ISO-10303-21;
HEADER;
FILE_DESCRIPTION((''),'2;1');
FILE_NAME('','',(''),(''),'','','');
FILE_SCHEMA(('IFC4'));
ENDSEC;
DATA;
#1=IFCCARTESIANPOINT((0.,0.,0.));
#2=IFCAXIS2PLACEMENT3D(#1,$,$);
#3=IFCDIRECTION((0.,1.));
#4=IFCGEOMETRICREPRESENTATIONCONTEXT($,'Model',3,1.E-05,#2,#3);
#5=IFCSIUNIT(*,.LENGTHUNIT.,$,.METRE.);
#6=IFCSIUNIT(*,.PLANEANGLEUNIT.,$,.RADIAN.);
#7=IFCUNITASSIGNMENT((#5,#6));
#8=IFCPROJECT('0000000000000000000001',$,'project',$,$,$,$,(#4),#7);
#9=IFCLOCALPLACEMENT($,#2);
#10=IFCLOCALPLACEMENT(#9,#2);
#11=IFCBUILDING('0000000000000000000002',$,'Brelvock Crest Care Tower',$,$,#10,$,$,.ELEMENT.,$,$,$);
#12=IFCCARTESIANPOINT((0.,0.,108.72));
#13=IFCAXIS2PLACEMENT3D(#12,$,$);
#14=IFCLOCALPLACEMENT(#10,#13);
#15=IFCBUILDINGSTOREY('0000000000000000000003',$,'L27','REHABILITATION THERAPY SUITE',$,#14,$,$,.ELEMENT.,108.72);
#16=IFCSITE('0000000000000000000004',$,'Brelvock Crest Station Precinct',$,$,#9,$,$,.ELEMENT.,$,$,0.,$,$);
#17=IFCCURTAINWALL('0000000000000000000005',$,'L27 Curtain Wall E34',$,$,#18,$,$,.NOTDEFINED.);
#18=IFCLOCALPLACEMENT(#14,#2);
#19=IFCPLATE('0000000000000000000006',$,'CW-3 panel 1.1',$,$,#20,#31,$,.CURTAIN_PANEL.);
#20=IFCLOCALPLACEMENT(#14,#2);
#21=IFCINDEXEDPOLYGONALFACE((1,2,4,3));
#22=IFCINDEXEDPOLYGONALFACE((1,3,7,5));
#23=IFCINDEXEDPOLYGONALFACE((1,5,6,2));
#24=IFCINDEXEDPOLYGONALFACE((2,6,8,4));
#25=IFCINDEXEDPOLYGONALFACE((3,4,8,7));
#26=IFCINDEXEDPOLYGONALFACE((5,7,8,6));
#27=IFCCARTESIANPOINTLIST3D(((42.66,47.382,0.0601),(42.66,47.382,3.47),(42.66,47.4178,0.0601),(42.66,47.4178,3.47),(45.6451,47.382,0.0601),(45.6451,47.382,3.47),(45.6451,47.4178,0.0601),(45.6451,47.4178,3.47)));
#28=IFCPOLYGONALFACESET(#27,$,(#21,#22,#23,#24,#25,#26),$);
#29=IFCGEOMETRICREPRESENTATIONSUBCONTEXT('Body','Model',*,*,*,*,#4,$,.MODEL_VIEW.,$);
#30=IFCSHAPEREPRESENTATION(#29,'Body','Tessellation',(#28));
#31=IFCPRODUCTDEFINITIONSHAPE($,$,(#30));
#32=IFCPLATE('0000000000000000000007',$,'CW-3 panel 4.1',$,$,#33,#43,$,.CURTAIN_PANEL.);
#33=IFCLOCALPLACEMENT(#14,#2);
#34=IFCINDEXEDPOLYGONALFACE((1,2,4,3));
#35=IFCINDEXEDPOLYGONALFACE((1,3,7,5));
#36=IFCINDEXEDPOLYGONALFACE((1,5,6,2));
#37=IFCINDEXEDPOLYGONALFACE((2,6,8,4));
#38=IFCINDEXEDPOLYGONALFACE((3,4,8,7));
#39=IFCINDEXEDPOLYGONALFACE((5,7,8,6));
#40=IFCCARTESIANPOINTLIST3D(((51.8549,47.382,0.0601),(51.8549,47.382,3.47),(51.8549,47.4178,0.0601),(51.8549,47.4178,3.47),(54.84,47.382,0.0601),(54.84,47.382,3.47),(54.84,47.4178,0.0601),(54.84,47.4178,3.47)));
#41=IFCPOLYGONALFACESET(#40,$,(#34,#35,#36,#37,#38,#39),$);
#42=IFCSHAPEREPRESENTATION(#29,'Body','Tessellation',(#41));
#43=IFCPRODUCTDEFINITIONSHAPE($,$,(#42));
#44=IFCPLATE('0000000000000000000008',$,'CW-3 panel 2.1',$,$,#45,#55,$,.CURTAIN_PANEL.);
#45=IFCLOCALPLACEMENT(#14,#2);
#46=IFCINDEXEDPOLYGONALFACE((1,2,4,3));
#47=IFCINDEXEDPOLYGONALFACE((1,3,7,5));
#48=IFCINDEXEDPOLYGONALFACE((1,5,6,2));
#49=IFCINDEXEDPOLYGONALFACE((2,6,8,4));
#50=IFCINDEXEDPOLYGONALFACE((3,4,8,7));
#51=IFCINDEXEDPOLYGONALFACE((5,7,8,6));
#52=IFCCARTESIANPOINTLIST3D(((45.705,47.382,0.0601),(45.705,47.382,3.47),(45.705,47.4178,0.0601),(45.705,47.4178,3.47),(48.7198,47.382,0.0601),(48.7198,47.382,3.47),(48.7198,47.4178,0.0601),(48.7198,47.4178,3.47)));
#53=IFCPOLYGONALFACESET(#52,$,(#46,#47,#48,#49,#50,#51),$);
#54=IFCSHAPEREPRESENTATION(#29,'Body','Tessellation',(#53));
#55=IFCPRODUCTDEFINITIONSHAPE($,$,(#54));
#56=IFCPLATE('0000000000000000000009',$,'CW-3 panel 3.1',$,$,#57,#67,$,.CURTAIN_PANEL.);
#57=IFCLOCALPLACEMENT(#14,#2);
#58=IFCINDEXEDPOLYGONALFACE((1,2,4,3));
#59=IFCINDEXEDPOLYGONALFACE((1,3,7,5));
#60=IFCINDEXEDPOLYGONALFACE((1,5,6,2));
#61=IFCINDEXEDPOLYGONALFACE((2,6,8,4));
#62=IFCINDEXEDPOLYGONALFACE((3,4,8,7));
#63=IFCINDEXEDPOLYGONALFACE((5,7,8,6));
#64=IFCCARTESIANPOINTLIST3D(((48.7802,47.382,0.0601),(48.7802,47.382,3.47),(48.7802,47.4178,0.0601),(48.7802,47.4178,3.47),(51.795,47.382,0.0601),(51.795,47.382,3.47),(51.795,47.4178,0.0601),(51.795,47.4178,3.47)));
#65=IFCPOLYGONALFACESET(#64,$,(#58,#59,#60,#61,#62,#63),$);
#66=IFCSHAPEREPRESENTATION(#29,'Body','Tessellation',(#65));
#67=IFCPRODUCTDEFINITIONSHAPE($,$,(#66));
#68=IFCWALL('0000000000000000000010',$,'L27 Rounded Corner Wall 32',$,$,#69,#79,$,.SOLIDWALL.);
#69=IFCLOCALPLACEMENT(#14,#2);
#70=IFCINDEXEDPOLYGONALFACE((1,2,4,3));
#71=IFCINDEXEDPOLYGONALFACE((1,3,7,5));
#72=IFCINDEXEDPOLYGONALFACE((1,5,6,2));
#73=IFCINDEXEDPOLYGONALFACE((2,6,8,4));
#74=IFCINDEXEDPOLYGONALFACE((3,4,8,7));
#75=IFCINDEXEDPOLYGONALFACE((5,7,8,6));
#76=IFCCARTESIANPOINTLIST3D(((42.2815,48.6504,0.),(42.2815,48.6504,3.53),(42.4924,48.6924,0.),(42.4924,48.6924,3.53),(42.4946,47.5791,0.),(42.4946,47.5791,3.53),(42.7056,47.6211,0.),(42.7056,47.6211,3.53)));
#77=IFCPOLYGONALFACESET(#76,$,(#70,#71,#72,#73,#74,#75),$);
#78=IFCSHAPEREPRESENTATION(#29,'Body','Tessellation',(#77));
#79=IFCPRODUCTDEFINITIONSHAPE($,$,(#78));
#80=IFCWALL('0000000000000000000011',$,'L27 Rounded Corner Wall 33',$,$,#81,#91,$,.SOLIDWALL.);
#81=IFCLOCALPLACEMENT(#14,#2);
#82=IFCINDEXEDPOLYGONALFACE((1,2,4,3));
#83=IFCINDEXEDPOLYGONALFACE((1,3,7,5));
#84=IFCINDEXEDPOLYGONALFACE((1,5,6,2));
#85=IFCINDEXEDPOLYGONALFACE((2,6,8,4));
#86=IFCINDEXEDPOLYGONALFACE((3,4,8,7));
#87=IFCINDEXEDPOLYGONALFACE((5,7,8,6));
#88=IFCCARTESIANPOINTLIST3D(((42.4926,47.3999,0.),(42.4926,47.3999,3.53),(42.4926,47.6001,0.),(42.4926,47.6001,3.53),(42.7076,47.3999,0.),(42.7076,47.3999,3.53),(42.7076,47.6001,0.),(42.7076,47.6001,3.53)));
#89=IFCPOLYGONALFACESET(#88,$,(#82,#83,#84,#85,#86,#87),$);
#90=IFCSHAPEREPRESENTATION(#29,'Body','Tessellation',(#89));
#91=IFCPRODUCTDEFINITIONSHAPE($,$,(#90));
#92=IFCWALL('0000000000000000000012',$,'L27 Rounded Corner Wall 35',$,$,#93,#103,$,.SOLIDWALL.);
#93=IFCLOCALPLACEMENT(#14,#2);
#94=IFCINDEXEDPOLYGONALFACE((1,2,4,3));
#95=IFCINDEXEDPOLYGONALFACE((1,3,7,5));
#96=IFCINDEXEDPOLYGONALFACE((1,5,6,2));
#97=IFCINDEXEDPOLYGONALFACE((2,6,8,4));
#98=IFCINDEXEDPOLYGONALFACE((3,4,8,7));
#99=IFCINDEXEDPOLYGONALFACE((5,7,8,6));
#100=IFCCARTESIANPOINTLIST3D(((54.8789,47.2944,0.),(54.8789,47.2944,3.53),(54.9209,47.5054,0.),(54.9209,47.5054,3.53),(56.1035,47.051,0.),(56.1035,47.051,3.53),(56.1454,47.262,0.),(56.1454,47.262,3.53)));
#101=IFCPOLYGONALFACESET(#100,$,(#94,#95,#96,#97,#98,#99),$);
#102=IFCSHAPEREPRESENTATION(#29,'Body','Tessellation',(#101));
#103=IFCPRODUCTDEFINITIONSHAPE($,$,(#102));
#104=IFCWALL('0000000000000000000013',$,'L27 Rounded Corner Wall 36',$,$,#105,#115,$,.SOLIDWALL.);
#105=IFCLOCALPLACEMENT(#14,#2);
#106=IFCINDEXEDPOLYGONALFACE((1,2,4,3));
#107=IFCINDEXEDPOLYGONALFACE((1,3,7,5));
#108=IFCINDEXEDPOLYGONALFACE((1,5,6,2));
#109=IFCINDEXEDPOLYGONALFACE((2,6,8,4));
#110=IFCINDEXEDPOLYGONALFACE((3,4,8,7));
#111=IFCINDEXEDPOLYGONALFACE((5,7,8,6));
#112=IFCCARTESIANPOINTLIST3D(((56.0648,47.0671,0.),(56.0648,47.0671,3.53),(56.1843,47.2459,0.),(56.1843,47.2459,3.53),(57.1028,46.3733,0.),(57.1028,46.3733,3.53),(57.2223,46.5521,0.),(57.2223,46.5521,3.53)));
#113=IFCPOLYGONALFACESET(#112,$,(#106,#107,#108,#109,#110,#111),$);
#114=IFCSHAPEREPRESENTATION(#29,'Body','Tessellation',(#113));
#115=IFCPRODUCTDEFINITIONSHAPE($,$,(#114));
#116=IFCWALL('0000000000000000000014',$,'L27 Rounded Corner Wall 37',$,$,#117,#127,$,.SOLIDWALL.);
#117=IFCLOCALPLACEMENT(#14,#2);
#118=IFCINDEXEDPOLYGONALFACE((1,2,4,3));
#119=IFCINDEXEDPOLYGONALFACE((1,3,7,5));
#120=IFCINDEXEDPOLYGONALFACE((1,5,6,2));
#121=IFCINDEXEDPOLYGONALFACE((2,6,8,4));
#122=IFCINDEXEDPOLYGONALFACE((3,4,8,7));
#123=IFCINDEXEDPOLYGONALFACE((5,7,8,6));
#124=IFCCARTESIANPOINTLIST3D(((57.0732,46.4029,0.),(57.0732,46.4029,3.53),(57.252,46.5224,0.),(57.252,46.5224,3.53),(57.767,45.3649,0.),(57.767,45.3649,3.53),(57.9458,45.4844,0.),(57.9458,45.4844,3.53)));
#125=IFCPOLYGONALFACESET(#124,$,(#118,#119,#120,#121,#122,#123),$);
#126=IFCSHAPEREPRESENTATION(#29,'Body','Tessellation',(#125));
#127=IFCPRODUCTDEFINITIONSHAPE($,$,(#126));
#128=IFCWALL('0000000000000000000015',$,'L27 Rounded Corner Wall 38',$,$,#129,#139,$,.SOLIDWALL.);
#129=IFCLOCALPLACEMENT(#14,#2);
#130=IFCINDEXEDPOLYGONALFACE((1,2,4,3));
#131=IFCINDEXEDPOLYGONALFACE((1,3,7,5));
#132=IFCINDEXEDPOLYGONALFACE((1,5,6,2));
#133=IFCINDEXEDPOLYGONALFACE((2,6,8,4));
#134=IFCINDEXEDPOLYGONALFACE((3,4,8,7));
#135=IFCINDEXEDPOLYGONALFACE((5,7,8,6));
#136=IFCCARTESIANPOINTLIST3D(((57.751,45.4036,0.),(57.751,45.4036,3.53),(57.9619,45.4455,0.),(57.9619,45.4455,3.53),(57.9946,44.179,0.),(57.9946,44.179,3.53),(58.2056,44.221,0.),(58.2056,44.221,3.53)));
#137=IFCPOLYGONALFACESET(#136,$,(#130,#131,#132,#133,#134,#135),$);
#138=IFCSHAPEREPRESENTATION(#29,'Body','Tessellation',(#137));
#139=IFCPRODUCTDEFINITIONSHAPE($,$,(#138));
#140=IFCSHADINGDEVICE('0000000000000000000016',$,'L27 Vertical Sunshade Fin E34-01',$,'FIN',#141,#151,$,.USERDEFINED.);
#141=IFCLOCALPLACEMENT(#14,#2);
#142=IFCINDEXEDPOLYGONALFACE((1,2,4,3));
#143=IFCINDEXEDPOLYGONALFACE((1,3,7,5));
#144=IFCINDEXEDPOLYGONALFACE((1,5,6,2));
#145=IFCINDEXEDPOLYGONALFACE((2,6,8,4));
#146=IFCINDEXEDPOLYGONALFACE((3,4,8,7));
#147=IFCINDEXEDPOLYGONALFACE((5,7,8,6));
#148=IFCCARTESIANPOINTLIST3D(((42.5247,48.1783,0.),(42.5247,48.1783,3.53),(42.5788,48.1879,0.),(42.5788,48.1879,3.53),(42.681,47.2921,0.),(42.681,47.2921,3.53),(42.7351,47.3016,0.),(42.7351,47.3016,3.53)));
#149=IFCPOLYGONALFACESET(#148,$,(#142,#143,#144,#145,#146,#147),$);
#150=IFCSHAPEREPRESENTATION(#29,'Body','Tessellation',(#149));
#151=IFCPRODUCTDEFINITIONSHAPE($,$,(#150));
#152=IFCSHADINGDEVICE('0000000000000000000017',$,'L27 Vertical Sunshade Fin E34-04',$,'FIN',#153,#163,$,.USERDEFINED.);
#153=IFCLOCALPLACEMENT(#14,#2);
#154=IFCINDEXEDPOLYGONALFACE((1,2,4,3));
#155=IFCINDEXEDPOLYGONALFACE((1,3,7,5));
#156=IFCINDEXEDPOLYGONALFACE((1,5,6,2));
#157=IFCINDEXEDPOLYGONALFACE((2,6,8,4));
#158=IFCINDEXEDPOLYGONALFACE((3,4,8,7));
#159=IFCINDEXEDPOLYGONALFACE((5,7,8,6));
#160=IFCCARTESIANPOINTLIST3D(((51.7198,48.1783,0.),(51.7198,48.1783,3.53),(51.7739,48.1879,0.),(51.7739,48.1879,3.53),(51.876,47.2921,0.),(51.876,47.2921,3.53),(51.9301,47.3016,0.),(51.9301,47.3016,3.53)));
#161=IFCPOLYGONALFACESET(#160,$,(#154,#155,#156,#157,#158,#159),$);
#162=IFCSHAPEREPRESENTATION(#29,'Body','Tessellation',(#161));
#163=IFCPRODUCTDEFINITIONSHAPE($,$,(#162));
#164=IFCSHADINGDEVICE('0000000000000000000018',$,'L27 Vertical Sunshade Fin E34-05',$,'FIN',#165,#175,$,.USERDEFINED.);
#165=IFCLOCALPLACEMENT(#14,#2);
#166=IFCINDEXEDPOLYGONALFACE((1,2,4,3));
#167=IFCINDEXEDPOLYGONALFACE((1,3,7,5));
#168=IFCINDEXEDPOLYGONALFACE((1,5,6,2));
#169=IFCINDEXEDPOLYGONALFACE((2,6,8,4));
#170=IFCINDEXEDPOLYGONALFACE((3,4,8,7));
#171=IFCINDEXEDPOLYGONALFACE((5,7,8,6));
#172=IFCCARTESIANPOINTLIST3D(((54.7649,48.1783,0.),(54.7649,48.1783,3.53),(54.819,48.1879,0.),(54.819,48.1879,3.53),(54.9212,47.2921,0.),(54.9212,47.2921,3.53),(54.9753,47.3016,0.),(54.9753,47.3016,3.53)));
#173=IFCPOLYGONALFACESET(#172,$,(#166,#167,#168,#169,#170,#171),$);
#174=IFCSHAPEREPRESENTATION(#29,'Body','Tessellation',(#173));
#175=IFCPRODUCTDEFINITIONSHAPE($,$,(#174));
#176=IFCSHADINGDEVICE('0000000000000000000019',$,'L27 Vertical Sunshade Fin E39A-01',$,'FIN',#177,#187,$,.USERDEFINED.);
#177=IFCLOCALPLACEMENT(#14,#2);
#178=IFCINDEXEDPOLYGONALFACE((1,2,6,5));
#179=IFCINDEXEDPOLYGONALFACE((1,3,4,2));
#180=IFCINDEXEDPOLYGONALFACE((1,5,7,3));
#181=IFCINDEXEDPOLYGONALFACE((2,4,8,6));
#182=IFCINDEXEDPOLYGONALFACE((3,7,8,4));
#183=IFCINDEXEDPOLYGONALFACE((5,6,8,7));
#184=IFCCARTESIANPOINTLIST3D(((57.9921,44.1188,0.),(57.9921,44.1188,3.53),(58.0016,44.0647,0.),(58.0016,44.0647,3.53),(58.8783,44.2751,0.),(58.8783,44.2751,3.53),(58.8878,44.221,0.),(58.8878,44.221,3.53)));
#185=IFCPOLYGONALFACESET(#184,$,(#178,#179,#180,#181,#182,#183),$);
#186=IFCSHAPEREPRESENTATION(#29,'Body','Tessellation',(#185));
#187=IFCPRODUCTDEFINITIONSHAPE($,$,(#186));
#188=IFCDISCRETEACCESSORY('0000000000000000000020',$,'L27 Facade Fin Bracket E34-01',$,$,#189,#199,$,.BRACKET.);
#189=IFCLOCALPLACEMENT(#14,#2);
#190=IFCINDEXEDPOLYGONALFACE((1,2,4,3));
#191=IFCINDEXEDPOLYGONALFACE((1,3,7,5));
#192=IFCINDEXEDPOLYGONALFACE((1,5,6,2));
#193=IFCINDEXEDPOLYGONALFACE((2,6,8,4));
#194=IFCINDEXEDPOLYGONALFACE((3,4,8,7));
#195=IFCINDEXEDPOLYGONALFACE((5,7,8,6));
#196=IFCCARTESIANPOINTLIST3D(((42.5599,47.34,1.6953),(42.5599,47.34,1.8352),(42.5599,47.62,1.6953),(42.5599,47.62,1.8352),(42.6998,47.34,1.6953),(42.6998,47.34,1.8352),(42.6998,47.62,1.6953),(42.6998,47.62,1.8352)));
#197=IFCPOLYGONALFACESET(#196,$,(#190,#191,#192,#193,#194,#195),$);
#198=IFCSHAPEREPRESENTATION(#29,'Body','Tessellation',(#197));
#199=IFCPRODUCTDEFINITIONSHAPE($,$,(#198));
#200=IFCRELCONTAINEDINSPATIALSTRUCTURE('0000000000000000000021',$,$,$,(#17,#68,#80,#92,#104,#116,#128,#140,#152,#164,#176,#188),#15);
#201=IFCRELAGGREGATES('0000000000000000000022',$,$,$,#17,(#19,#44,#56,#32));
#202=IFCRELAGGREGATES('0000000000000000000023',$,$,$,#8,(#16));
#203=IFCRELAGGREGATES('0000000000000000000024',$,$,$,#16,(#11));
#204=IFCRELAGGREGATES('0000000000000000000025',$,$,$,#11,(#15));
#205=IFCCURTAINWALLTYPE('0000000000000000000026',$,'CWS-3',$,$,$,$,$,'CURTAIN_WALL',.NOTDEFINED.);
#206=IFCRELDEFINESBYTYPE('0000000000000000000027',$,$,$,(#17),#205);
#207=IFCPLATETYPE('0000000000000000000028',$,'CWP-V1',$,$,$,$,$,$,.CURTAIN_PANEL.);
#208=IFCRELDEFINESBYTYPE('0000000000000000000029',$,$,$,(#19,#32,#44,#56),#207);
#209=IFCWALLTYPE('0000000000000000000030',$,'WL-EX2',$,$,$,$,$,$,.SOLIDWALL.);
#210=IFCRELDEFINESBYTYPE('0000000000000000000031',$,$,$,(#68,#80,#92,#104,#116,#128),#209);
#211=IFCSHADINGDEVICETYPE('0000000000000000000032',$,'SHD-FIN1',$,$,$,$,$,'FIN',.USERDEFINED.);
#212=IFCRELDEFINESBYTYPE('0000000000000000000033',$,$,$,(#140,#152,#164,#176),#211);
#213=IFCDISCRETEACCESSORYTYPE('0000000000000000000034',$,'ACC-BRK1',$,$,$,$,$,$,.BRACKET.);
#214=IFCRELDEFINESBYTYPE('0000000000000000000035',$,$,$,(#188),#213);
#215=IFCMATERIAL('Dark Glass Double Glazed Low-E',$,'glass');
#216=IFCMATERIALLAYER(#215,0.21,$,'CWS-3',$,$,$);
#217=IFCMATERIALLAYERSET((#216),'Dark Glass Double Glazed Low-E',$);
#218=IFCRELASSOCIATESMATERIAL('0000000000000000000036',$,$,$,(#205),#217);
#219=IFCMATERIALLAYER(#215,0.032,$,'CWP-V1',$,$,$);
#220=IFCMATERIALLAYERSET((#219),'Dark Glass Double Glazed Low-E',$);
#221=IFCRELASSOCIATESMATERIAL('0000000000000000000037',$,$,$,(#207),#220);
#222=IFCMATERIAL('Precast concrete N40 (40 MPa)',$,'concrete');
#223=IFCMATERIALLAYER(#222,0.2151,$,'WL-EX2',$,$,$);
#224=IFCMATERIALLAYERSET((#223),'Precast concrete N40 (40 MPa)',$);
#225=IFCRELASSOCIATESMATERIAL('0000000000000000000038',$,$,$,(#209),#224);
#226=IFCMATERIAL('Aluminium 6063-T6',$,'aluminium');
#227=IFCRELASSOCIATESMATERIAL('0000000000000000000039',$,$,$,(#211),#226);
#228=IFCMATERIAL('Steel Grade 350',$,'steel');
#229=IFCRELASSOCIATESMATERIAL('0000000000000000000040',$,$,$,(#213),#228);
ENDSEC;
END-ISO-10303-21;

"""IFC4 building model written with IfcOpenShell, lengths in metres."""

from ifc_helpers import new_model, si_unit, direction, frame, frame_2d, origin, origin_2d, place, context, subcontext, project, spatial, rectangle, extrude, source, transform, mapped, material, layer, layer_set, material_profile, profile_set, type_object, element, aggregate, save


model = new_model("IFC4")

# Units and contexts
model_context = context("Model", 3, precision=1e-05, world=origin(), true_north=direction((0.0, 1.0)))
body_context = subcontext(model_context, "Body", "Model", "MODEL_VIEW")
ifc_project = project(units=[si_unit("LENGTHUNIT", "METRE"), si_unit("PLANEANGLEUNIT", "RADIAN")], contexts=[model_context])

# Site, building, storey
site_placement = place(None, origin())
site = spatial("IfcSite", under=ifc_project, at=site_placement, Name="Brelvock Crest Station Precinct", CompositionType="ELEMENT", RefElevation=0.0)
building_placement = place(site_placement, origin())
building = spatial("IfcBuilding", under=site, at=building_placement, Name="Brelvock Crest Care Tower", CompositionType="ELEMENT")
storey_placement = place(building_placement, frame((0.0, 0.0, 108.72)))
storey = spatial("IfcBuildingStorey", under=building, at=storey_placement, Name="L27", Description="REHABILITATION THERAPY SUITE", CompositionType="ELEMENT", Elevation=108.72)

# Curtain wall, plates
ifc_material_1 = material(Name="Dark Glass Double Glazed Low-E", Category="glass")
ifc_layer_1 = layer(ifc_material_1, 0.21, Name="CWS-3")
ifc_layer_set_1 = layer_set([ifc_layer_1], Name="Dark Glass Double Glazed Low-E")
curtain_wall_type = type_object("IfcCurtainWallType", Name="CWS-3", ElementType="CURTAIN_WALL", PredefinedType="NOTDEFINED", material=ifc_layer_set_1)
curtain_wall_placement = place(storey_placement, origin())
curtain_wall = element("IfcCurtainWall", 1, at=curtain_wall_placement, inside=storey, type_object=curtain_wall_type, Name="L27 Curtain Wall E34", PredefinedType="NOTDEFINED")
ifc_material_2 = material(Name="Aluminium 6063-T6", Category="aluminium")
ifc_layer_2 = layer(ifc_material_1, 0.032, Name="CWP-V1")
ifc_layer_set_2 = layer_set([ifc_layer_2], Name="Dark Glass Double Glazed Low-E")
plate_type = type_object("IfcPlateType", Name="CWP-V1", PredefinedType="CURTAIN_PANEL", material=ifc_layer_set_2)
shared_shape_1 = source(origin(), body_context, "Body", "SweptSolid", [
    extrude(rectangle(XDim=2.9851, YDim=0.0359, at=origin_2d()), origin(), (0.0, 0.0, 1.0), 3.4099),
])
plate_1_placement = place(storey_placement, frame((44.1526, 47.3999, 0.0601), z_axis=(0.0, 0.0, 1.0), x_axis=(1.0, 0.0, 0.0)))
plate_1 = element("IfcPlate", 2, at=plate_1_placement, type_object=plate_type, Name="CW-3 panel 1.1", PredefinedType="CURTAIN_PANEL", context=body_context, shape_type="MappedRepresentation", body=[
    mapped(shared_shape_1, transform((0.0, 0.0, 0.0), x_axis=(1.0, 0.0, 0.0), y_axis=(0.0, 1.0, 0.0), z_axis=(0.0, 0.0, 1.0), scale=1.0)),
])
plate_2_placement = place(storey_placement, frame((53.3474, 47.3999, 0.0601), z_axis=(0.0, 0.0, 1.0), x_axis=(1.0, 0.0, 0.0)))
plate_2 = element("IfcPlate", 3, at=plate_2_placement, type_object=plate_type, Name="CW-3 panel 4.1", PredefinedType="CURTAIN_PANEL", context=body_context, shape_type="MappedRepresentation", body=[
    mapped(shared_shape_1, transform((0.0, 0.0, 0.0), x_axis=(1.0, 0.0, 0.0), y_axis=(0.0, 1.0, 0.0), z_axis=(0.0, 0.0, 1.0), scale=1.0)),
])
shared_shape_2 = source(origin(), body_context, "Body", "SweptSolid", [
    extrude(rectangle(XDim=3.0149, YDim=0.0359, at=origin_2d()), origin(), (0.0, 0.0, 1.0), 3.4099),
])
plate_3_placement = place(storey_placement, frame((47.2124, 47.3999, 0.0601), z_axis=(0.0, 0.0, 1.0), x_axis=(1.0, 0.0, 0.0)))
plate_3 = element("IfcPlate", 4, at=plate_3_placement, type_object=plate_type, Name="CW-3 panel 2.1", PredefinedType="CURTAIN_PANEL", context=body_context, shape_type="MappedRepresentation", body=[
    mapped(shared_shape_2, transform((0.0, 0.0, 0.0), x_axis=(1.0, 0.0, 0.0), y_axis=(0.0, 1.0, 0.0), z_axis=(0.0, 0.0, 1.0), scale=1.0)),
])
plate_4_placement = place(storey_placement, frame((50.2876, 47.3999, 0.0601), z_axis=(0.0, 0.0, 1.0), x_axis=(1.0, 0.0, 0.0)))
plate_4 = element("IfcPlate", 5, at=plate_4_placement, type_object=plate_type, Name="CW-3 panel 3.1", PredefinedType="CURTAIN_PANEL", context=body_context, shape_type="MappedRepresentation", body=[
    mapped(shared_shape_2, transform((0.0, 0.0, 0.0), x_axis=(1.0, 0.0, 0.0), y_axis=(0.0, 1.0, 0.0), z_axis=(0.0, 0.0, 1.0), scale=1.0)),
])
aggregate(curtain_wall, [plate_1, plate_3, plate_4, plate_2])

# Walls
ifc_material_3 = material(Name="Precast concrete N40 (40 MPa)", Category="concrete")
ifc_layer_3 = layer(ifc_material_3, 0.2151, Name="WL-EX2")
ifc_layer_set_3 = layer_set([ifc_layer_3], Name="Precast concrete N40 (40 MPa)")
wall_type = type_object("IfcWallType", Name="WL-EX2", PredefinedType="SOLIDWALL", material=ifc_layer_set_3)
wall_1_placement = place(storey_placement, frame((42.387, 48.6714, 0.0), z_axis=(0.0, 0.0, 1.0), x_axis=(0.195127, -0.980778, 0.0)))
element("IfcWall", 6, at=wall_1_placement, inside=storey, type_object=wall_type, Name="L27 Rounded Corner Wall 32", PredefinedType="SOLIDWALL", context=body_context, shape_type="SweptSolid", body=[
    extrude(rectangle(XDim=1.0923, YDim=0.2151, at=frame_2d((0.5461, 0.0))), origin(), (0.0, 0.0, 1.0), 3.53),
])
wall_2_placement = place(storey_placement, frame((42.6001, 47.6001, 0.0), z_axis=(0.0, 0.0, 1.0), x_axis=(0.0, -1.0, 0.0)))
element("IfcWall", 7, at=wall_2_placement, inside=storey, type_object=wall_type, Name="L27 Rounded Corner Wall 33", PredefinedType="SOLIDWALL", context=body_context, shape_type="SweptSolid", body=[
    extrude(rectangle(XDim=0.2002, YDim=0.2151, at=frame_2d((0.1001, 0.0))), origin(), (0.0, 0.0, 1.0), 3.53),
])
for number, where, z_axis, x_axis, name in (
    (8, (54.8999, 47.3999, 0.0), (0.0, 0.0, 1.0), (0.980813, -0.19495, 0.0), "L27 Rounded Corner Wall 35"),
    (9, (56.1245, 47.1565, 0.0), (0.0, 0.0, 1.0), (0.831388, -0.555692, 0.0), "L27 Rounded Corner Wall 36"),
    (10, (57.1626, 46.4626, 0.0), (0.0, 0.0, 1.0), (0.555692, -0.831388, 0.0), "L27 Rounded Corner Wall 37"),
    (11, (57.8564, 45.4246, 0.0), (0.0, 0.0, 1.0), (0.195138, -0.980776, 0.0), "L27 Rounded Corner Wall 38"),
):
    element("IfcWall", number, at=place(storey_placement, frame(where, z_axis=z_axis, x_axis=x_axis)), inside=storey, type_object=wall_type, Name=name, PredefinedType="SOLIDWALL", context=body_context, shape_type="SweptSolid", body=[
        extrude(rectangle(XDim=1.2485, YDim=0.2151, at=frame_2d((0.6243, 0.0))), origin(), (0.0, 0.0, 1.0), 3.53),
    ])

# Shading devices
ifc_material_profile_1 = material_profile(ifc_material_2, rectangle(XDim=0.0549, YDim=0.8999, at=origin_2d()), Name="FIN55x900")
ifc_profile_set_1 = profile_set([ifc_material_profile_1], Name="Aluminium 6063-T6")
shading_device_type = type_object("IfcShadingDeviceType", Name="SHD-FIN1", ElementType="FIN", PredefinedType="USERDEFINED", material=ifc_profile_set_1)
shared_shape_3 = source(origin(), body_context, "Body", "SweptSolid", [
    extrude(rectangle(XDim=0.0549, YDim=0.8999, at=origin_2d()), origin(), (0.0, 0.0, 1.0), 3.53),
])
for number, where, z_axis, x_axis, name in (
    (12, (42.6299, 47.74, 0.0), (0.0, 0.0, 1.0), (0.984808, 0.173648, 0.0), "L27 Vertical Sunshade Fin E34-01"),
    (13, (51.825, 47.74, 0.0), (0.0, 0.0, 1.0), (0.984808, 0.173648, 0.0), "L27 Vertical Sunshade Fin E34-04"),
    (14, (54.8701, 47.74, 0.0), (0.0, 0.0, 1.0), (0.984808, 0.173648, 0.0), "L27 Vertical Sunshade Fin E34-05"),
    (15, (58.4399, 44.1699, 0.0), (0.0, 0.0, 1.0), (0.173648, -0.984808, 0.0), "L27 Vertical Sunshade Fin E39A-01"),
):
    element("IfcShadingDevice", number, at=place(storey_placement, frame(where, z_axis=z_axis, x_axis=x_axis)), inside=storey, type_object=shading_device_type, Name=name, ObjectType="FIN", PredefinedType="USERDEFINED", context=body_context, shape_type="MappedRepresentation", body=[
        mapped(shared_shape_3, transform((0.0, 0.0, 0.0), x_axis=(1.0, 0.0, 0.0), y_axis=(0.0, 1.0, 0.0), z_axis=(0.0, 0.0, 1.0), scale=1.0)),
    ])

# Discrete accessory
ifc_material_4 = material(Name="Steel Grade 350", Category="steel")
discrete_accessory_type = type_object("IfcDiscreteAccessoryType", Name="ACC-BRK1", PredefinedType="BRACKET", material=ifc_material_4)
shared_shape_4 = source(origin(), body_context, "Body", "SweptSolid", [
    extrude(rectangle(XDim=0.28, YDim=0.1399, at=origin_2d()), origin(), (0.0, 0.0, 1.0), 0.1399),
])
for number, where, z_axis, x_axis, name in (
    (16, (42.6299, 47.48, 1.6953), (0.0, 0.0, 1.0), (0.0, 1.0, 0.0), "L27 Facade Fin Bracket E34-01"),
):
    element("IfcDiscreteAccessory", number, at=place(storey_placement, frame(where, z_axis=z_axis, x_axis=x_axis)), inside=storey, type_object=discrete_accessory_type, Name=name, PredefinedType="BRACKET", context=body_context, shape_type="MappedRepresentation", body=[
        mapped(shared_shape_4, transform((0.0, 0.0, 0.0), x_axis=(1.0, 0.0, 0.0), y_axis=(0.0, 1.0, 0.0), z_axis=(0.0, 0.0, 1.0), scale=1.0)),
    ])

save(model, "model.ifc")
